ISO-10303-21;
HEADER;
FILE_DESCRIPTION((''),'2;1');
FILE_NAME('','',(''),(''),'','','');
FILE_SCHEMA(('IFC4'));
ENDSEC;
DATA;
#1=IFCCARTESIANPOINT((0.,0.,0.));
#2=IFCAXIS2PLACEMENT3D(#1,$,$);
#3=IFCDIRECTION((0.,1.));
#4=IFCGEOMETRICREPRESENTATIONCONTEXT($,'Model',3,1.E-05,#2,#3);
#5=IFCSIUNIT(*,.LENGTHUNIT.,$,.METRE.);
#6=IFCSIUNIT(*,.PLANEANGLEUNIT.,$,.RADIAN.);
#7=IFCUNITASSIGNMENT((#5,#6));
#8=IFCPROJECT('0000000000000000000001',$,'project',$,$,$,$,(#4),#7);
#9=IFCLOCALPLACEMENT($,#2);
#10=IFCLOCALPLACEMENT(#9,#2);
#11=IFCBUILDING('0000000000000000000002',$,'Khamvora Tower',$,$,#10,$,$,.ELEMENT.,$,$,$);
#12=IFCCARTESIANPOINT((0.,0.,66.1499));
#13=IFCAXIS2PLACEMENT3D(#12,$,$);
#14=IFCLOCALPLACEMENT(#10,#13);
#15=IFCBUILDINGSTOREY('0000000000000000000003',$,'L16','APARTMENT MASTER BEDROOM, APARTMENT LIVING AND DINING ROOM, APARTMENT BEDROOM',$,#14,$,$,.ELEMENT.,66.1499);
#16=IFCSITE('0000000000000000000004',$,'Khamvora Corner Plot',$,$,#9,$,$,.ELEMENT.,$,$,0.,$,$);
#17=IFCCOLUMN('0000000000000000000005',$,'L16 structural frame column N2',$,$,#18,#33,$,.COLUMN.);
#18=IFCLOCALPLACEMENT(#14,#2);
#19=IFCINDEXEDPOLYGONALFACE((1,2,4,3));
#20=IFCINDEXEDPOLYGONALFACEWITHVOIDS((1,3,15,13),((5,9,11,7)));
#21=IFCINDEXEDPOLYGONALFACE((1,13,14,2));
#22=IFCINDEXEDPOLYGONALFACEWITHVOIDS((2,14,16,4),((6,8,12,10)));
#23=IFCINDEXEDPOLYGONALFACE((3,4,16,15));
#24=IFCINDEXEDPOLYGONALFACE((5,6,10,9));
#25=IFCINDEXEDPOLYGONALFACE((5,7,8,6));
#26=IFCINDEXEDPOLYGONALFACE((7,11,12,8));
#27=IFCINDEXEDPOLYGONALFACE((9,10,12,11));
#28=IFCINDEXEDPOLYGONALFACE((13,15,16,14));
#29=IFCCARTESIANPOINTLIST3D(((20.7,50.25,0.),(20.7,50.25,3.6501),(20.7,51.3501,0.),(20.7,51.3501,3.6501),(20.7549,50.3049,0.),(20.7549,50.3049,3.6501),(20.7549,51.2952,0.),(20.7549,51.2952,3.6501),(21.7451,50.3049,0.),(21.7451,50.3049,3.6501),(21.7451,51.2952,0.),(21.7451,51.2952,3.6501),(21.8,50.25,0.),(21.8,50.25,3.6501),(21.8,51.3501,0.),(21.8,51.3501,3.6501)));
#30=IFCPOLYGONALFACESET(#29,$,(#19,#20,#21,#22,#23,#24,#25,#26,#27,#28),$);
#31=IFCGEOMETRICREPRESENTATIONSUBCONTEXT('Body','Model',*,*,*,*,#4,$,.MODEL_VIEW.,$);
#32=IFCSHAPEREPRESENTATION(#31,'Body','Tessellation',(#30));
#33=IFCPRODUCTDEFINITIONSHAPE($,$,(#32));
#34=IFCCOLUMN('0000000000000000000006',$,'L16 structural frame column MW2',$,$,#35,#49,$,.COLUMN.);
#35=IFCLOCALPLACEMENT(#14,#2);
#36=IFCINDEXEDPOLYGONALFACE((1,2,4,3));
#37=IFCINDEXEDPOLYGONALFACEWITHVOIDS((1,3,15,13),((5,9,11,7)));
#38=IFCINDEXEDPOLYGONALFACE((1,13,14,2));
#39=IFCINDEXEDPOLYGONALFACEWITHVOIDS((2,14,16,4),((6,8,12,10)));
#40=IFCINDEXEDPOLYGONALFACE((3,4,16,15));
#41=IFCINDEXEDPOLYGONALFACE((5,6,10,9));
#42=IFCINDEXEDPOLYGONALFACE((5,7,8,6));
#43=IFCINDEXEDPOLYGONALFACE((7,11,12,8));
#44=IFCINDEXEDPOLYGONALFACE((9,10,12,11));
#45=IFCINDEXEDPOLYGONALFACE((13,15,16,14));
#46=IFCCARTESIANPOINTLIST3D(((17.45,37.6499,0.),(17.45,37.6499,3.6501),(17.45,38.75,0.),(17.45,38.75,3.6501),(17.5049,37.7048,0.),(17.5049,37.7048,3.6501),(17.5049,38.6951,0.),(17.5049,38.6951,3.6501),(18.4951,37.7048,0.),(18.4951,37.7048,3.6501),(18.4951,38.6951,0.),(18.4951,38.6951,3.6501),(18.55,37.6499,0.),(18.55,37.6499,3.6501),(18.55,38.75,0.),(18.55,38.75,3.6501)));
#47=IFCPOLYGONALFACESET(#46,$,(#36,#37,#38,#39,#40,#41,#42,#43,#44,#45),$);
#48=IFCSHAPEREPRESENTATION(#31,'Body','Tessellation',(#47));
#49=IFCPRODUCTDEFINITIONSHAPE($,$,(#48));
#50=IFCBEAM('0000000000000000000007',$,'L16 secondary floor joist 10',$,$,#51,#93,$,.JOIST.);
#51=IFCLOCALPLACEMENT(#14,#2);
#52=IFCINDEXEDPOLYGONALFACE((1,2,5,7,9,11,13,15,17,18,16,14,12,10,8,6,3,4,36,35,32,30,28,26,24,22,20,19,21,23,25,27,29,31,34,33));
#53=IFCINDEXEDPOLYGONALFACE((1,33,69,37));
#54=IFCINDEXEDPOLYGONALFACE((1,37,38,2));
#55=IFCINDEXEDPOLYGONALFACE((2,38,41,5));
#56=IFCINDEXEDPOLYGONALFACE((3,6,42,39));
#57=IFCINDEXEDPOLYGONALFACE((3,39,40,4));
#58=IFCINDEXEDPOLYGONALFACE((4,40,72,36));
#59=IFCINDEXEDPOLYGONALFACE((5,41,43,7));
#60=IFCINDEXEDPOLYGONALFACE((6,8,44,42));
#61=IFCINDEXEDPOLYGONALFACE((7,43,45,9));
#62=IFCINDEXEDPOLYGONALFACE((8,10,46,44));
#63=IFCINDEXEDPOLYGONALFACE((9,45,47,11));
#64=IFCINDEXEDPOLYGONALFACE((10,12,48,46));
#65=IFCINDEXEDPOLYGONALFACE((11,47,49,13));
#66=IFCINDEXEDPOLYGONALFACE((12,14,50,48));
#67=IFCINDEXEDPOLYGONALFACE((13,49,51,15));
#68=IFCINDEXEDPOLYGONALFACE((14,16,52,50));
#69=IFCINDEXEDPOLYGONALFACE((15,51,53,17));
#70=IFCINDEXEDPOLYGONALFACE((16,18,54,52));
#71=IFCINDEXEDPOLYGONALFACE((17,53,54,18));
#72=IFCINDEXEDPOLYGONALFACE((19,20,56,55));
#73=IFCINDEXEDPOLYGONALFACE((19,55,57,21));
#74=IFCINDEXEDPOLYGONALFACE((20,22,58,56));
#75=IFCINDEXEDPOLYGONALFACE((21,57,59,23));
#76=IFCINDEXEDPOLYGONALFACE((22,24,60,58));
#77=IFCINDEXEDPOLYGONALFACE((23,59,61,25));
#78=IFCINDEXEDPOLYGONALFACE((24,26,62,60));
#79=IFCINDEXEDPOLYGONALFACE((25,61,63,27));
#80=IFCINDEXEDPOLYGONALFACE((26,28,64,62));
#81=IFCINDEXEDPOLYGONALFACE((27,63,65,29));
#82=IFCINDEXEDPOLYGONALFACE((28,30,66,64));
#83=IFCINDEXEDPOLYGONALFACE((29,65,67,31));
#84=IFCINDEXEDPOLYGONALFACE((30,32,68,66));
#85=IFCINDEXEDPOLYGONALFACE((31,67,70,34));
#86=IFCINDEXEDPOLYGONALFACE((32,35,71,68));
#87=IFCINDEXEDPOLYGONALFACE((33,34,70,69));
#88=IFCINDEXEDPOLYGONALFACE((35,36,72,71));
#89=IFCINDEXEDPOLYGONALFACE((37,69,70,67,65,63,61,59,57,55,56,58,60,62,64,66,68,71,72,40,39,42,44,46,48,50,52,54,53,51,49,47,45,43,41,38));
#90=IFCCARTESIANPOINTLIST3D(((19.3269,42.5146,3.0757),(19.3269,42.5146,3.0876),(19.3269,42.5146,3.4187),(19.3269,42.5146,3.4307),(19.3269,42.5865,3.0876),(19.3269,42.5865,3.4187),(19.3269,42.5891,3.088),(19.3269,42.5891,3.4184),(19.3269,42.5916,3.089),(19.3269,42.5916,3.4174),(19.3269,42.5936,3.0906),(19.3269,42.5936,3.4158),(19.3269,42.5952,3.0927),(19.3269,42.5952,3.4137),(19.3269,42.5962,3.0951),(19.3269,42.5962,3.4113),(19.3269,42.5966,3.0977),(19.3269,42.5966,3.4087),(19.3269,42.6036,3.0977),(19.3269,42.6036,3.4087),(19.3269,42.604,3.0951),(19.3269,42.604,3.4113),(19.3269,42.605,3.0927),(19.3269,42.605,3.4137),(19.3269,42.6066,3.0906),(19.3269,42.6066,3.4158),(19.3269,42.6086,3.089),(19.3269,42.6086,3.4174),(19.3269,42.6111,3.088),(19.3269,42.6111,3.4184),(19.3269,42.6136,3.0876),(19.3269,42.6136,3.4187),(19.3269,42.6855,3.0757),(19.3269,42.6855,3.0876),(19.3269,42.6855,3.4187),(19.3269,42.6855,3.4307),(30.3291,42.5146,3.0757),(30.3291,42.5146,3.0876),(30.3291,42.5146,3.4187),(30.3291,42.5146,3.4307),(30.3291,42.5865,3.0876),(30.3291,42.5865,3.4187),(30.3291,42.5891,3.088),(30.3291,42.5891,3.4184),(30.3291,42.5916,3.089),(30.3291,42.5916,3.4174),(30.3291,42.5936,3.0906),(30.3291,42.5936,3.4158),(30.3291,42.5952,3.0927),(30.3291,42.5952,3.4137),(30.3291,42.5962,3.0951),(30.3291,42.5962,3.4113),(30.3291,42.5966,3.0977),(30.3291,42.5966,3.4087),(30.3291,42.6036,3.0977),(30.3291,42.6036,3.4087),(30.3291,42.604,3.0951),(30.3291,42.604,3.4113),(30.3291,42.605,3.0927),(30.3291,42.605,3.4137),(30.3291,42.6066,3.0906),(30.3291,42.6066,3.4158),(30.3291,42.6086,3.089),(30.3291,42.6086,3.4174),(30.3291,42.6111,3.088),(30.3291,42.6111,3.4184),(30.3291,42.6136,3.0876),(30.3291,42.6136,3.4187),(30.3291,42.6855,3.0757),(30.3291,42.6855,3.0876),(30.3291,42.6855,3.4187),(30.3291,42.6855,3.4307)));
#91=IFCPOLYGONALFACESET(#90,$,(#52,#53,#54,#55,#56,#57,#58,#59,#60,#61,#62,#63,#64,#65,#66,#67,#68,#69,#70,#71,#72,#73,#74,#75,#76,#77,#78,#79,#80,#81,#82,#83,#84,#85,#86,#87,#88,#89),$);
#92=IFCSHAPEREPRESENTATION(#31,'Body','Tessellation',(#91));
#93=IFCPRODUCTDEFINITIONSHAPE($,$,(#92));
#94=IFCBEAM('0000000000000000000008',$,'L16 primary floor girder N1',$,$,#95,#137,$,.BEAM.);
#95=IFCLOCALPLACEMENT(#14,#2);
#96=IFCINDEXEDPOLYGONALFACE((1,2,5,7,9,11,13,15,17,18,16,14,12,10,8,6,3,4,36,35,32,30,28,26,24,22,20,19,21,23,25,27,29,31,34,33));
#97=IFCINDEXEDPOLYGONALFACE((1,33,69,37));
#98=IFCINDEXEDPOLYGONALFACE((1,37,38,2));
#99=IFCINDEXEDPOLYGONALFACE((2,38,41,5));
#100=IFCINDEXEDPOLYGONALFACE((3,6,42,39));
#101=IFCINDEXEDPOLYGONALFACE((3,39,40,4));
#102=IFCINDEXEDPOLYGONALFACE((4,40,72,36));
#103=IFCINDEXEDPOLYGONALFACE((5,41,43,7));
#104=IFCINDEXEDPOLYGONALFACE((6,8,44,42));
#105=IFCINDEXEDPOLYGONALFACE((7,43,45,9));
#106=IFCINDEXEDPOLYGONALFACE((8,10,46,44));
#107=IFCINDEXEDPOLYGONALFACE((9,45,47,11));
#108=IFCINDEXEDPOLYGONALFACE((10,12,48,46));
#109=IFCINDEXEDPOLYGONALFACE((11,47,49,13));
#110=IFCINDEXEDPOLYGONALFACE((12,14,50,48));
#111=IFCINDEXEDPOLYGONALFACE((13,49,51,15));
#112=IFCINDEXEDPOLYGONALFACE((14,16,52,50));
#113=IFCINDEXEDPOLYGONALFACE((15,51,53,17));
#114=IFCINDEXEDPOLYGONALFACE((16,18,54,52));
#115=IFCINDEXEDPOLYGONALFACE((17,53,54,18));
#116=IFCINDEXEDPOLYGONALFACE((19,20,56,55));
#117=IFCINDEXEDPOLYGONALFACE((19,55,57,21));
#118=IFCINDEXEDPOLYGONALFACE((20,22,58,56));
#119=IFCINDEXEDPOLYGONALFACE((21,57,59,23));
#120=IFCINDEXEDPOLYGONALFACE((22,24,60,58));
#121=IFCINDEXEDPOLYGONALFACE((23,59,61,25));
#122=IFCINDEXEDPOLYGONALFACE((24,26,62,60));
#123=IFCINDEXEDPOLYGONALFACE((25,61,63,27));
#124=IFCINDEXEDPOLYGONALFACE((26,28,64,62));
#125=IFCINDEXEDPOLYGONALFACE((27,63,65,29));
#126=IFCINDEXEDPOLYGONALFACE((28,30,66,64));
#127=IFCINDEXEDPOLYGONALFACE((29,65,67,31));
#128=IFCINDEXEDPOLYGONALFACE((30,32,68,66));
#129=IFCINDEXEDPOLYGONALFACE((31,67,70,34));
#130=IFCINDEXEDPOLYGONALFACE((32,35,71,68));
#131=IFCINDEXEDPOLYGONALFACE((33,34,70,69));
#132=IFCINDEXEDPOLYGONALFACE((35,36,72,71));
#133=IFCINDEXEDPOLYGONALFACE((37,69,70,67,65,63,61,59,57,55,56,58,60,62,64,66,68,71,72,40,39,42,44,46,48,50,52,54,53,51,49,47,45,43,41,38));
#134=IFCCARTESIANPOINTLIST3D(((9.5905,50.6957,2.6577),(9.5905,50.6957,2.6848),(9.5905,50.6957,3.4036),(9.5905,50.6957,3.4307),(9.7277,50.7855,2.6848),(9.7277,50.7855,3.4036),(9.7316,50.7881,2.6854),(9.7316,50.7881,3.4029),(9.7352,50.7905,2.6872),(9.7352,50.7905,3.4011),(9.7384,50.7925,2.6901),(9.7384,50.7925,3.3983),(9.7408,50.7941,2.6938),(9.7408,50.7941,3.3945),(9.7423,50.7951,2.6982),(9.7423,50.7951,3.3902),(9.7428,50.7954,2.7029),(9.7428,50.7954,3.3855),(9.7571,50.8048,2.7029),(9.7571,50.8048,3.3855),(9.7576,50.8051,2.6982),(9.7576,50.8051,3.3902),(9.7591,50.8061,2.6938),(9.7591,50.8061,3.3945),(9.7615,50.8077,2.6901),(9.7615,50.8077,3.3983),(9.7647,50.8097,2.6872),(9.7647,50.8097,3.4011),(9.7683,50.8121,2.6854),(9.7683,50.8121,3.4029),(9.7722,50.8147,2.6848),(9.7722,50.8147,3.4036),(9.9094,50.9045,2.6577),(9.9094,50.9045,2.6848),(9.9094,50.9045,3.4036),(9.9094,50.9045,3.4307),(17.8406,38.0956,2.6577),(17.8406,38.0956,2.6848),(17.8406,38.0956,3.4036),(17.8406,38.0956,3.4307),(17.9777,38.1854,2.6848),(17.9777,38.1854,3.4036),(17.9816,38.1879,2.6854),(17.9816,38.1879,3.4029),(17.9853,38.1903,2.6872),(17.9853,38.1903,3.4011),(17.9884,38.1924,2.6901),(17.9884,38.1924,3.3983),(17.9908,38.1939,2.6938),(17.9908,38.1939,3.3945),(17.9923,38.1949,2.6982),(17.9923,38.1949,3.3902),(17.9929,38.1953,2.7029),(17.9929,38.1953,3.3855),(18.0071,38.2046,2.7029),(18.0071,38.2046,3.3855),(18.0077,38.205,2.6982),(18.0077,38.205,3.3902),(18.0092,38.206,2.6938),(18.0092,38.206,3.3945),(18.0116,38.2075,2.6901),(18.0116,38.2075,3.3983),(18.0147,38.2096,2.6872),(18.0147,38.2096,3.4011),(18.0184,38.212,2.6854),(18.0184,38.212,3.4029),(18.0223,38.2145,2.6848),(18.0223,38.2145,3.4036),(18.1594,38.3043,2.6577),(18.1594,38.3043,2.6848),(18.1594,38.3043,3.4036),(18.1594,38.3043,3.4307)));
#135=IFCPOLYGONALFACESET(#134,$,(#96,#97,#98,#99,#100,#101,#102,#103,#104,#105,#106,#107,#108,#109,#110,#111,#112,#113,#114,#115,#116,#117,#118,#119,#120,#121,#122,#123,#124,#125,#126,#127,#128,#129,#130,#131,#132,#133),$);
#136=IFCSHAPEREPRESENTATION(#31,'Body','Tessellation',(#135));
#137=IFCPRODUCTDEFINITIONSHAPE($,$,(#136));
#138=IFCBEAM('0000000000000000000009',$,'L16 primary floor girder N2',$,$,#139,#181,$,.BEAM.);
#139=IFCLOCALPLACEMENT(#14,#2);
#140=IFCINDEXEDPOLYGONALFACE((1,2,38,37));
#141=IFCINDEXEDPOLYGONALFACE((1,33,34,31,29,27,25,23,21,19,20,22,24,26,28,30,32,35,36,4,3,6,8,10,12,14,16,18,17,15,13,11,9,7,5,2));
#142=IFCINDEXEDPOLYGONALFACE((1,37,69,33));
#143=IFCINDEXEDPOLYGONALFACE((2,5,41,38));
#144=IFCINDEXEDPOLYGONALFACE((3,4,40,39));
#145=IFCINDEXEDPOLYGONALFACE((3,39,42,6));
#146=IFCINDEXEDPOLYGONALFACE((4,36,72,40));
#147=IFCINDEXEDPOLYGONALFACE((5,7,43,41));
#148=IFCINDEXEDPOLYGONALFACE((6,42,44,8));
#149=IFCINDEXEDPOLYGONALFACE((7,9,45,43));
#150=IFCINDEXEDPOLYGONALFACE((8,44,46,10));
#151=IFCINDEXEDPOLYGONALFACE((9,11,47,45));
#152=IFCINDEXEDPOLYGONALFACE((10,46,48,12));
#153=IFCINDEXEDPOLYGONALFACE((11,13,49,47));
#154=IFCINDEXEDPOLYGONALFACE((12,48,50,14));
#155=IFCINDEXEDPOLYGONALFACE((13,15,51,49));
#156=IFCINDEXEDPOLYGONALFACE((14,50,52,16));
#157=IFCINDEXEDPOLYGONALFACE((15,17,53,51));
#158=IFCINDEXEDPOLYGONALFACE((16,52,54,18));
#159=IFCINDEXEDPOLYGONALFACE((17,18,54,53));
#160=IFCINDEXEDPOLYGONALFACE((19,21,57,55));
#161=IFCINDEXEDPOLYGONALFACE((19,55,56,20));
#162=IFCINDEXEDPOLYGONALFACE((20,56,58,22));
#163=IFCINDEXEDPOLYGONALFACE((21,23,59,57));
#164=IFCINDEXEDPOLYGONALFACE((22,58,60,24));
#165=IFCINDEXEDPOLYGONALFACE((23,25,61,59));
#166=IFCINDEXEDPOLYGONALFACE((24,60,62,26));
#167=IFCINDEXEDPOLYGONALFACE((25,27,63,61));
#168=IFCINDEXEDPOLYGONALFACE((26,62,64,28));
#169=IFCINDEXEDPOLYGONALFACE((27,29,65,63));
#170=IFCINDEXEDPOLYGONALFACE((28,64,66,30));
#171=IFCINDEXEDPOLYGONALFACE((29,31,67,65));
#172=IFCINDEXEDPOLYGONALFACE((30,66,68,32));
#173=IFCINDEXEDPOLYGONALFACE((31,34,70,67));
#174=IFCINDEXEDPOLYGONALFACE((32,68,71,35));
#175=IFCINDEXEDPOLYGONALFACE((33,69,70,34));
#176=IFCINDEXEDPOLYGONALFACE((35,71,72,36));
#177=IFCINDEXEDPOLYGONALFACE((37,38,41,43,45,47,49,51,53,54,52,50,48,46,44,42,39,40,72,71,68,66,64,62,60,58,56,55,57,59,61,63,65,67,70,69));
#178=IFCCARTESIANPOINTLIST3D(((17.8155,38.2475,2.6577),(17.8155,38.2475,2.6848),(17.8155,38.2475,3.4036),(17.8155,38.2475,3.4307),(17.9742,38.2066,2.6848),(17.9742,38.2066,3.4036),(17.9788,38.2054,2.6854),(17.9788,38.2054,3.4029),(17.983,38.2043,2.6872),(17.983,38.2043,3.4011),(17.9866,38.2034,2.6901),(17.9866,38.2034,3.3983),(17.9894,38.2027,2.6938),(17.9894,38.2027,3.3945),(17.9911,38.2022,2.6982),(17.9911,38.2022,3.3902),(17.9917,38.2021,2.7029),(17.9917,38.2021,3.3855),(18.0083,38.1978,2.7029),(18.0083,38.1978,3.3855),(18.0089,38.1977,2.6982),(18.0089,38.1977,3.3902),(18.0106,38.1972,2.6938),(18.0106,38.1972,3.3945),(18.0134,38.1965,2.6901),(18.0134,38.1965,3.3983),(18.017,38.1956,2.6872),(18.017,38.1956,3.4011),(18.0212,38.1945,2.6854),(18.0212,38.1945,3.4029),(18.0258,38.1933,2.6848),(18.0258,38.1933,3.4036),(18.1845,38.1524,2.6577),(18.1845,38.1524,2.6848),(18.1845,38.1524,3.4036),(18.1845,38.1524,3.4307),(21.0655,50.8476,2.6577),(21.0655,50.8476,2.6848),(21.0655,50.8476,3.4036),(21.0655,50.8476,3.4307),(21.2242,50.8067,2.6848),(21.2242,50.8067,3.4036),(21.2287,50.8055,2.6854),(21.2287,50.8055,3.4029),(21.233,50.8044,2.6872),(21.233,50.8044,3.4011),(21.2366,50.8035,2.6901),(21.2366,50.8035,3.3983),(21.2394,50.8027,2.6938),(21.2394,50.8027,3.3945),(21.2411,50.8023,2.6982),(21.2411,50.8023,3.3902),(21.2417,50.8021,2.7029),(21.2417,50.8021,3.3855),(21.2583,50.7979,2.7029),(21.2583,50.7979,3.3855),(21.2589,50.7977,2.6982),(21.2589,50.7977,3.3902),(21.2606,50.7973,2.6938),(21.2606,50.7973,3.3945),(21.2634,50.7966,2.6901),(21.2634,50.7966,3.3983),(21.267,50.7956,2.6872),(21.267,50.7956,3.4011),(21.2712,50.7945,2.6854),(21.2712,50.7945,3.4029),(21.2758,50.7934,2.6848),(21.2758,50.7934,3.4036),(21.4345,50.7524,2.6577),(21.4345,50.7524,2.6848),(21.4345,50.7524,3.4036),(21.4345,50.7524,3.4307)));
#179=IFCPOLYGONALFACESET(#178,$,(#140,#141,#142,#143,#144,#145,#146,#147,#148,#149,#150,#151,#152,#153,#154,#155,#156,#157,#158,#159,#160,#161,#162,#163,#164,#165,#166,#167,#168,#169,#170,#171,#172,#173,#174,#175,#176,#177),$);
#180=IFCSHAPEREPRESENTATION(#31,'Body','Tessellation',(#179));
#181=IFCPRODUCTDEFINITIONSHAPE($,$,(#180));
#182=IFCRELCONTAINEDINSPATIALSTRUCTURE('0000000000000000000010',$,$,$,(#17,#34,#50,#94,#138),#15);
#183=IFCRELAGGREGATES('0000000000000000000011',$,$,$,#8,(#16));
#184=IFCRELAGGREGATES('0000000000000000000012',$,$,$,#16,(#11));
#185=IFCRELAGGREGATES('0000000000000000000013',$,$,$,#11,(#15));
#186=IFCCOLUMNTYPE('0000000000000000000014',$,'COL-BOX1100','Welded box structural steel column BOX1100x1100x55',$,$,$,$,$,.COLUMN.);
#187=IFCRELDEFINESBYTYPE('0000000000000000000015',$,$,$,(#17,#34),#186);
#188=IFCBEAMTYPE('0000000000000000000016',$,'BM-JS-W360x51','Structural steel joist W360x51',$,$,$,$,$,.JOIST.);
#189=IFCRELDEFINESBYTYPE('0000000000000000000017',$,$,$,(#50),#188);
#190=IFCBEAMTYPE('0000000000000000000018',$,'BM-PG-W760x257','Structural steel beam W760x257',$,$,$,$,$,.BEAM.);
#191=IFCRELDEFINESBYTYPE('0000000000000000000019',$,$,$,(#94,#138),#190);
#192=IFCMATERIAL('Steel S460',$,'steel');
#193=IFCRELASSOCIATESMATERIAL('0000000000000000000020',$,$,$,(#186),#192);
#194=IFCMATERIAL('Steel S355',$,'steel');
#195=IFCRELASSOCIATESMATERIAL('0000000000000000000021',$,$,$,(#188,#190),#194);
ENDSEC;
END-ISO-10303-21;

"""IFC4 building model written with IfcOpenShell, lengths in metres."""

from ifc_helpers import new_model, si_unit, direction, frame, origin, origin_2d, place, context, subcontext, project, spatial, hollow_rectangle, i_section, extrude, material, material_profile, profile_set, type_object, element, save


model = new_model("IFC4")

# Units and contexts
model_context = context("Model", 3, precision=1e-05, world=origin(), true_north=direction((0.0, 1.0)))
body_context = subcontext(model_context, "Body", "Model", "MODEL_VIEW")
ifc_project = project(units=[si_unit("LENGTHUNIT", "METRE"), si_unit("PLANEANGLEUNIT", "RADIAN")], contexts=[model_context])

# Site, building, storey
site_placement = place(None, origin())
site = spatial("IfcSite", under=ifc_project, at=site_placement, Name="Khamvora Corner Plot", CompositionType="ELEMENT", RefElevation=0.0)
building_placement = place(site_placement, origin())
building = spatial("IfcBuilding", under=site, at=building_placement, Name="Khamvora Tower", CompositionType="ELEMENT")
storey_placement = place(building_placement, frame((0.0, 0.0, 66.1499)))
storey = spatial("IfcBuildingStorey", under=building, at=storey_placement, Name="L16", Description="APARTMENT MASTER BEDROOM, APARTMENT LIVING AND DINING ROOM, APARTMENT BEDROOM", CompositionType="ELEMENT", Elevation=66.1499)

# Columns
ifc_material_1 = material(Name="Steel S460", Category="steel")
ifc_material_profile_1 = material_profile(ifc_material_1, hollow_rectangle(XDim=1.1001, YDim=1.1001, WallThickness=0.0549, at=origin_2d()), Name="BOX1100x1100x55")
ifc_profile_set_1 = profile_set([ifc_material_profile_1], Name="Steel S460")
column_type = type_object("IfcColumnType", Name="COL-BOX1100", Description="Welded box structural steel column BOX1100x1100x55", PredefinedType="COLUMN", material=ifc_profile_set_1)
for number, where, z_axis, x_axis, name in (
    (1, (21.25, 50.8, 0.0), (0.0, 0.0, 1.0), (1.0, 0.0, 0.0), "L16 structural frame column N2"),
    (2, (18.0, 38.2, 0.0), (0.0, 0.0, 1.0), (1.0, 0.0, 0.0), "L16 structural frame column MW2"),
):
    element("IfcColumn", number, at=place(storey_placement, frame(where, z_axis=z_axis, x_axis=x_axis)), inside=storey, type_object=column_type, Name=name, PredefinedType="COLUMN", context=body_context, shape_type="SweptSolid", body=[
        extrude(hollow_rectangle(XDim=1.1001, YDim=1.1001, WallThickness=0.0549, at=origin_2d()), origin(), (0.0, 0.0, 1.0), 3.6501),
    ])

# Beams
ifc_material_2 = material(Name="Steel S355", Category="steel")
ifc_material_profile_2 = material_profile(ifc_material_2, i_section(OverallWidth=0.1709, OverallDepth=0.355, WebThickness=0.0071, FlangeThickness=0.012, FilletRadius=0.01, at=origin_2d()), Name="W360x51")
ifc_profile_set_2 = profile_set([ifc_material_profile_2], Name="Steel S355")
beam_type_1 = type_object("IfcBeamType", Name="BM-JS-W360x51", Description="Structural steel joist W360x51", PredefinedType="JOIST", material=ifc_profile_set_2)
beam_1_placement = place(storey_placement, frame((19.3269, 42.6001, 3.2532), z_axis=(1.0, 0.0, 0.0), x_axis=(0.0, 1.0, 0.0)))
element("IfcBeam", 3, at=beam_1_placement, inside=storey, type_object=beam_type_1, Name="L16 secondary floor joist 10", PredefinedType="JOIST", context=body_context, shape_type="SweptSolid", body=[
    extrude(i_section(OverallWidth=0.1709, OverallDepth=0.355, WebThickness=0.0071, FlangeThickness=0.012, FilletRadius=0.01, at=origin_2d()), origin(), (0.0, 0.0, 1.0), 11.0022),
])
ifc_material_profile_3 = material_profile(ifc_material_2, i_section(OverallWidth=0.3811, OverallDepth=0.7729, WebThickness=0.0171, FlangeThickness=0.0271, FilletRadius=0.0181, at=origin_2d()), Name="W760x257")
ifc_profile_set_3 = profile_set([ifc_material_profile_3], Name="Steel S355")
beam_type_2 = type_object("IfcBeamType", Name="BM-PG-W760x257", Description="Structural steel beam W760x257", PredefinedType="BEAM", material=ifc_profile_set_3)
beam_2_placement = place(storey_placement, frame((18.0, 38.2, 3.0442), z_axis=(-0.547783, 0.83662, 0.0), x_axis=(-0.83662, -0.547783, 0.0)))
element("IfcBeam", 4, at=beam_2_placement, inside=storey, type_object=beam_type_2, Name="L16 primary floor girder N1", PredefinedType="BEAM", context=body_context, shape_type="SweptSolid", body=[
    extrude(i_section(OverallWidth=0.3811, OverallDepth=0.7729, WebThickness=0.0171, FlangeThickness=0.0271, FilletRadius=0.0181, at=origin_2d()), origin(), (0.0, 0.0, 1.0), 15.0608),
])
beam_3_placement = place(storey_placement, frame((18.0, 38.2, 3.0442), z_axis=(0.24976, 0.968308, 0.0), x_axis=(-0.968308, 0.24976, 0.0)))
element("IfcBeam", 5, at=beam_3_placement, inside=storey, type_object=beam_type_2, Name="L16 primary floor girder N2", PredefinedType="BEAM", context=body_context, shape_type="SweptSolid", body=[
    extrude(i_section(OverallWidth=0.3811, OverallDepth=0.7729, WebThickness=0.0171, FlangeThickness=0.0271, FilletRadius=0.0181, at=origin_2d()), origin(), (0.0, 0.0, 1.0), 13.0125),
])

save(model, "model.ifc")
